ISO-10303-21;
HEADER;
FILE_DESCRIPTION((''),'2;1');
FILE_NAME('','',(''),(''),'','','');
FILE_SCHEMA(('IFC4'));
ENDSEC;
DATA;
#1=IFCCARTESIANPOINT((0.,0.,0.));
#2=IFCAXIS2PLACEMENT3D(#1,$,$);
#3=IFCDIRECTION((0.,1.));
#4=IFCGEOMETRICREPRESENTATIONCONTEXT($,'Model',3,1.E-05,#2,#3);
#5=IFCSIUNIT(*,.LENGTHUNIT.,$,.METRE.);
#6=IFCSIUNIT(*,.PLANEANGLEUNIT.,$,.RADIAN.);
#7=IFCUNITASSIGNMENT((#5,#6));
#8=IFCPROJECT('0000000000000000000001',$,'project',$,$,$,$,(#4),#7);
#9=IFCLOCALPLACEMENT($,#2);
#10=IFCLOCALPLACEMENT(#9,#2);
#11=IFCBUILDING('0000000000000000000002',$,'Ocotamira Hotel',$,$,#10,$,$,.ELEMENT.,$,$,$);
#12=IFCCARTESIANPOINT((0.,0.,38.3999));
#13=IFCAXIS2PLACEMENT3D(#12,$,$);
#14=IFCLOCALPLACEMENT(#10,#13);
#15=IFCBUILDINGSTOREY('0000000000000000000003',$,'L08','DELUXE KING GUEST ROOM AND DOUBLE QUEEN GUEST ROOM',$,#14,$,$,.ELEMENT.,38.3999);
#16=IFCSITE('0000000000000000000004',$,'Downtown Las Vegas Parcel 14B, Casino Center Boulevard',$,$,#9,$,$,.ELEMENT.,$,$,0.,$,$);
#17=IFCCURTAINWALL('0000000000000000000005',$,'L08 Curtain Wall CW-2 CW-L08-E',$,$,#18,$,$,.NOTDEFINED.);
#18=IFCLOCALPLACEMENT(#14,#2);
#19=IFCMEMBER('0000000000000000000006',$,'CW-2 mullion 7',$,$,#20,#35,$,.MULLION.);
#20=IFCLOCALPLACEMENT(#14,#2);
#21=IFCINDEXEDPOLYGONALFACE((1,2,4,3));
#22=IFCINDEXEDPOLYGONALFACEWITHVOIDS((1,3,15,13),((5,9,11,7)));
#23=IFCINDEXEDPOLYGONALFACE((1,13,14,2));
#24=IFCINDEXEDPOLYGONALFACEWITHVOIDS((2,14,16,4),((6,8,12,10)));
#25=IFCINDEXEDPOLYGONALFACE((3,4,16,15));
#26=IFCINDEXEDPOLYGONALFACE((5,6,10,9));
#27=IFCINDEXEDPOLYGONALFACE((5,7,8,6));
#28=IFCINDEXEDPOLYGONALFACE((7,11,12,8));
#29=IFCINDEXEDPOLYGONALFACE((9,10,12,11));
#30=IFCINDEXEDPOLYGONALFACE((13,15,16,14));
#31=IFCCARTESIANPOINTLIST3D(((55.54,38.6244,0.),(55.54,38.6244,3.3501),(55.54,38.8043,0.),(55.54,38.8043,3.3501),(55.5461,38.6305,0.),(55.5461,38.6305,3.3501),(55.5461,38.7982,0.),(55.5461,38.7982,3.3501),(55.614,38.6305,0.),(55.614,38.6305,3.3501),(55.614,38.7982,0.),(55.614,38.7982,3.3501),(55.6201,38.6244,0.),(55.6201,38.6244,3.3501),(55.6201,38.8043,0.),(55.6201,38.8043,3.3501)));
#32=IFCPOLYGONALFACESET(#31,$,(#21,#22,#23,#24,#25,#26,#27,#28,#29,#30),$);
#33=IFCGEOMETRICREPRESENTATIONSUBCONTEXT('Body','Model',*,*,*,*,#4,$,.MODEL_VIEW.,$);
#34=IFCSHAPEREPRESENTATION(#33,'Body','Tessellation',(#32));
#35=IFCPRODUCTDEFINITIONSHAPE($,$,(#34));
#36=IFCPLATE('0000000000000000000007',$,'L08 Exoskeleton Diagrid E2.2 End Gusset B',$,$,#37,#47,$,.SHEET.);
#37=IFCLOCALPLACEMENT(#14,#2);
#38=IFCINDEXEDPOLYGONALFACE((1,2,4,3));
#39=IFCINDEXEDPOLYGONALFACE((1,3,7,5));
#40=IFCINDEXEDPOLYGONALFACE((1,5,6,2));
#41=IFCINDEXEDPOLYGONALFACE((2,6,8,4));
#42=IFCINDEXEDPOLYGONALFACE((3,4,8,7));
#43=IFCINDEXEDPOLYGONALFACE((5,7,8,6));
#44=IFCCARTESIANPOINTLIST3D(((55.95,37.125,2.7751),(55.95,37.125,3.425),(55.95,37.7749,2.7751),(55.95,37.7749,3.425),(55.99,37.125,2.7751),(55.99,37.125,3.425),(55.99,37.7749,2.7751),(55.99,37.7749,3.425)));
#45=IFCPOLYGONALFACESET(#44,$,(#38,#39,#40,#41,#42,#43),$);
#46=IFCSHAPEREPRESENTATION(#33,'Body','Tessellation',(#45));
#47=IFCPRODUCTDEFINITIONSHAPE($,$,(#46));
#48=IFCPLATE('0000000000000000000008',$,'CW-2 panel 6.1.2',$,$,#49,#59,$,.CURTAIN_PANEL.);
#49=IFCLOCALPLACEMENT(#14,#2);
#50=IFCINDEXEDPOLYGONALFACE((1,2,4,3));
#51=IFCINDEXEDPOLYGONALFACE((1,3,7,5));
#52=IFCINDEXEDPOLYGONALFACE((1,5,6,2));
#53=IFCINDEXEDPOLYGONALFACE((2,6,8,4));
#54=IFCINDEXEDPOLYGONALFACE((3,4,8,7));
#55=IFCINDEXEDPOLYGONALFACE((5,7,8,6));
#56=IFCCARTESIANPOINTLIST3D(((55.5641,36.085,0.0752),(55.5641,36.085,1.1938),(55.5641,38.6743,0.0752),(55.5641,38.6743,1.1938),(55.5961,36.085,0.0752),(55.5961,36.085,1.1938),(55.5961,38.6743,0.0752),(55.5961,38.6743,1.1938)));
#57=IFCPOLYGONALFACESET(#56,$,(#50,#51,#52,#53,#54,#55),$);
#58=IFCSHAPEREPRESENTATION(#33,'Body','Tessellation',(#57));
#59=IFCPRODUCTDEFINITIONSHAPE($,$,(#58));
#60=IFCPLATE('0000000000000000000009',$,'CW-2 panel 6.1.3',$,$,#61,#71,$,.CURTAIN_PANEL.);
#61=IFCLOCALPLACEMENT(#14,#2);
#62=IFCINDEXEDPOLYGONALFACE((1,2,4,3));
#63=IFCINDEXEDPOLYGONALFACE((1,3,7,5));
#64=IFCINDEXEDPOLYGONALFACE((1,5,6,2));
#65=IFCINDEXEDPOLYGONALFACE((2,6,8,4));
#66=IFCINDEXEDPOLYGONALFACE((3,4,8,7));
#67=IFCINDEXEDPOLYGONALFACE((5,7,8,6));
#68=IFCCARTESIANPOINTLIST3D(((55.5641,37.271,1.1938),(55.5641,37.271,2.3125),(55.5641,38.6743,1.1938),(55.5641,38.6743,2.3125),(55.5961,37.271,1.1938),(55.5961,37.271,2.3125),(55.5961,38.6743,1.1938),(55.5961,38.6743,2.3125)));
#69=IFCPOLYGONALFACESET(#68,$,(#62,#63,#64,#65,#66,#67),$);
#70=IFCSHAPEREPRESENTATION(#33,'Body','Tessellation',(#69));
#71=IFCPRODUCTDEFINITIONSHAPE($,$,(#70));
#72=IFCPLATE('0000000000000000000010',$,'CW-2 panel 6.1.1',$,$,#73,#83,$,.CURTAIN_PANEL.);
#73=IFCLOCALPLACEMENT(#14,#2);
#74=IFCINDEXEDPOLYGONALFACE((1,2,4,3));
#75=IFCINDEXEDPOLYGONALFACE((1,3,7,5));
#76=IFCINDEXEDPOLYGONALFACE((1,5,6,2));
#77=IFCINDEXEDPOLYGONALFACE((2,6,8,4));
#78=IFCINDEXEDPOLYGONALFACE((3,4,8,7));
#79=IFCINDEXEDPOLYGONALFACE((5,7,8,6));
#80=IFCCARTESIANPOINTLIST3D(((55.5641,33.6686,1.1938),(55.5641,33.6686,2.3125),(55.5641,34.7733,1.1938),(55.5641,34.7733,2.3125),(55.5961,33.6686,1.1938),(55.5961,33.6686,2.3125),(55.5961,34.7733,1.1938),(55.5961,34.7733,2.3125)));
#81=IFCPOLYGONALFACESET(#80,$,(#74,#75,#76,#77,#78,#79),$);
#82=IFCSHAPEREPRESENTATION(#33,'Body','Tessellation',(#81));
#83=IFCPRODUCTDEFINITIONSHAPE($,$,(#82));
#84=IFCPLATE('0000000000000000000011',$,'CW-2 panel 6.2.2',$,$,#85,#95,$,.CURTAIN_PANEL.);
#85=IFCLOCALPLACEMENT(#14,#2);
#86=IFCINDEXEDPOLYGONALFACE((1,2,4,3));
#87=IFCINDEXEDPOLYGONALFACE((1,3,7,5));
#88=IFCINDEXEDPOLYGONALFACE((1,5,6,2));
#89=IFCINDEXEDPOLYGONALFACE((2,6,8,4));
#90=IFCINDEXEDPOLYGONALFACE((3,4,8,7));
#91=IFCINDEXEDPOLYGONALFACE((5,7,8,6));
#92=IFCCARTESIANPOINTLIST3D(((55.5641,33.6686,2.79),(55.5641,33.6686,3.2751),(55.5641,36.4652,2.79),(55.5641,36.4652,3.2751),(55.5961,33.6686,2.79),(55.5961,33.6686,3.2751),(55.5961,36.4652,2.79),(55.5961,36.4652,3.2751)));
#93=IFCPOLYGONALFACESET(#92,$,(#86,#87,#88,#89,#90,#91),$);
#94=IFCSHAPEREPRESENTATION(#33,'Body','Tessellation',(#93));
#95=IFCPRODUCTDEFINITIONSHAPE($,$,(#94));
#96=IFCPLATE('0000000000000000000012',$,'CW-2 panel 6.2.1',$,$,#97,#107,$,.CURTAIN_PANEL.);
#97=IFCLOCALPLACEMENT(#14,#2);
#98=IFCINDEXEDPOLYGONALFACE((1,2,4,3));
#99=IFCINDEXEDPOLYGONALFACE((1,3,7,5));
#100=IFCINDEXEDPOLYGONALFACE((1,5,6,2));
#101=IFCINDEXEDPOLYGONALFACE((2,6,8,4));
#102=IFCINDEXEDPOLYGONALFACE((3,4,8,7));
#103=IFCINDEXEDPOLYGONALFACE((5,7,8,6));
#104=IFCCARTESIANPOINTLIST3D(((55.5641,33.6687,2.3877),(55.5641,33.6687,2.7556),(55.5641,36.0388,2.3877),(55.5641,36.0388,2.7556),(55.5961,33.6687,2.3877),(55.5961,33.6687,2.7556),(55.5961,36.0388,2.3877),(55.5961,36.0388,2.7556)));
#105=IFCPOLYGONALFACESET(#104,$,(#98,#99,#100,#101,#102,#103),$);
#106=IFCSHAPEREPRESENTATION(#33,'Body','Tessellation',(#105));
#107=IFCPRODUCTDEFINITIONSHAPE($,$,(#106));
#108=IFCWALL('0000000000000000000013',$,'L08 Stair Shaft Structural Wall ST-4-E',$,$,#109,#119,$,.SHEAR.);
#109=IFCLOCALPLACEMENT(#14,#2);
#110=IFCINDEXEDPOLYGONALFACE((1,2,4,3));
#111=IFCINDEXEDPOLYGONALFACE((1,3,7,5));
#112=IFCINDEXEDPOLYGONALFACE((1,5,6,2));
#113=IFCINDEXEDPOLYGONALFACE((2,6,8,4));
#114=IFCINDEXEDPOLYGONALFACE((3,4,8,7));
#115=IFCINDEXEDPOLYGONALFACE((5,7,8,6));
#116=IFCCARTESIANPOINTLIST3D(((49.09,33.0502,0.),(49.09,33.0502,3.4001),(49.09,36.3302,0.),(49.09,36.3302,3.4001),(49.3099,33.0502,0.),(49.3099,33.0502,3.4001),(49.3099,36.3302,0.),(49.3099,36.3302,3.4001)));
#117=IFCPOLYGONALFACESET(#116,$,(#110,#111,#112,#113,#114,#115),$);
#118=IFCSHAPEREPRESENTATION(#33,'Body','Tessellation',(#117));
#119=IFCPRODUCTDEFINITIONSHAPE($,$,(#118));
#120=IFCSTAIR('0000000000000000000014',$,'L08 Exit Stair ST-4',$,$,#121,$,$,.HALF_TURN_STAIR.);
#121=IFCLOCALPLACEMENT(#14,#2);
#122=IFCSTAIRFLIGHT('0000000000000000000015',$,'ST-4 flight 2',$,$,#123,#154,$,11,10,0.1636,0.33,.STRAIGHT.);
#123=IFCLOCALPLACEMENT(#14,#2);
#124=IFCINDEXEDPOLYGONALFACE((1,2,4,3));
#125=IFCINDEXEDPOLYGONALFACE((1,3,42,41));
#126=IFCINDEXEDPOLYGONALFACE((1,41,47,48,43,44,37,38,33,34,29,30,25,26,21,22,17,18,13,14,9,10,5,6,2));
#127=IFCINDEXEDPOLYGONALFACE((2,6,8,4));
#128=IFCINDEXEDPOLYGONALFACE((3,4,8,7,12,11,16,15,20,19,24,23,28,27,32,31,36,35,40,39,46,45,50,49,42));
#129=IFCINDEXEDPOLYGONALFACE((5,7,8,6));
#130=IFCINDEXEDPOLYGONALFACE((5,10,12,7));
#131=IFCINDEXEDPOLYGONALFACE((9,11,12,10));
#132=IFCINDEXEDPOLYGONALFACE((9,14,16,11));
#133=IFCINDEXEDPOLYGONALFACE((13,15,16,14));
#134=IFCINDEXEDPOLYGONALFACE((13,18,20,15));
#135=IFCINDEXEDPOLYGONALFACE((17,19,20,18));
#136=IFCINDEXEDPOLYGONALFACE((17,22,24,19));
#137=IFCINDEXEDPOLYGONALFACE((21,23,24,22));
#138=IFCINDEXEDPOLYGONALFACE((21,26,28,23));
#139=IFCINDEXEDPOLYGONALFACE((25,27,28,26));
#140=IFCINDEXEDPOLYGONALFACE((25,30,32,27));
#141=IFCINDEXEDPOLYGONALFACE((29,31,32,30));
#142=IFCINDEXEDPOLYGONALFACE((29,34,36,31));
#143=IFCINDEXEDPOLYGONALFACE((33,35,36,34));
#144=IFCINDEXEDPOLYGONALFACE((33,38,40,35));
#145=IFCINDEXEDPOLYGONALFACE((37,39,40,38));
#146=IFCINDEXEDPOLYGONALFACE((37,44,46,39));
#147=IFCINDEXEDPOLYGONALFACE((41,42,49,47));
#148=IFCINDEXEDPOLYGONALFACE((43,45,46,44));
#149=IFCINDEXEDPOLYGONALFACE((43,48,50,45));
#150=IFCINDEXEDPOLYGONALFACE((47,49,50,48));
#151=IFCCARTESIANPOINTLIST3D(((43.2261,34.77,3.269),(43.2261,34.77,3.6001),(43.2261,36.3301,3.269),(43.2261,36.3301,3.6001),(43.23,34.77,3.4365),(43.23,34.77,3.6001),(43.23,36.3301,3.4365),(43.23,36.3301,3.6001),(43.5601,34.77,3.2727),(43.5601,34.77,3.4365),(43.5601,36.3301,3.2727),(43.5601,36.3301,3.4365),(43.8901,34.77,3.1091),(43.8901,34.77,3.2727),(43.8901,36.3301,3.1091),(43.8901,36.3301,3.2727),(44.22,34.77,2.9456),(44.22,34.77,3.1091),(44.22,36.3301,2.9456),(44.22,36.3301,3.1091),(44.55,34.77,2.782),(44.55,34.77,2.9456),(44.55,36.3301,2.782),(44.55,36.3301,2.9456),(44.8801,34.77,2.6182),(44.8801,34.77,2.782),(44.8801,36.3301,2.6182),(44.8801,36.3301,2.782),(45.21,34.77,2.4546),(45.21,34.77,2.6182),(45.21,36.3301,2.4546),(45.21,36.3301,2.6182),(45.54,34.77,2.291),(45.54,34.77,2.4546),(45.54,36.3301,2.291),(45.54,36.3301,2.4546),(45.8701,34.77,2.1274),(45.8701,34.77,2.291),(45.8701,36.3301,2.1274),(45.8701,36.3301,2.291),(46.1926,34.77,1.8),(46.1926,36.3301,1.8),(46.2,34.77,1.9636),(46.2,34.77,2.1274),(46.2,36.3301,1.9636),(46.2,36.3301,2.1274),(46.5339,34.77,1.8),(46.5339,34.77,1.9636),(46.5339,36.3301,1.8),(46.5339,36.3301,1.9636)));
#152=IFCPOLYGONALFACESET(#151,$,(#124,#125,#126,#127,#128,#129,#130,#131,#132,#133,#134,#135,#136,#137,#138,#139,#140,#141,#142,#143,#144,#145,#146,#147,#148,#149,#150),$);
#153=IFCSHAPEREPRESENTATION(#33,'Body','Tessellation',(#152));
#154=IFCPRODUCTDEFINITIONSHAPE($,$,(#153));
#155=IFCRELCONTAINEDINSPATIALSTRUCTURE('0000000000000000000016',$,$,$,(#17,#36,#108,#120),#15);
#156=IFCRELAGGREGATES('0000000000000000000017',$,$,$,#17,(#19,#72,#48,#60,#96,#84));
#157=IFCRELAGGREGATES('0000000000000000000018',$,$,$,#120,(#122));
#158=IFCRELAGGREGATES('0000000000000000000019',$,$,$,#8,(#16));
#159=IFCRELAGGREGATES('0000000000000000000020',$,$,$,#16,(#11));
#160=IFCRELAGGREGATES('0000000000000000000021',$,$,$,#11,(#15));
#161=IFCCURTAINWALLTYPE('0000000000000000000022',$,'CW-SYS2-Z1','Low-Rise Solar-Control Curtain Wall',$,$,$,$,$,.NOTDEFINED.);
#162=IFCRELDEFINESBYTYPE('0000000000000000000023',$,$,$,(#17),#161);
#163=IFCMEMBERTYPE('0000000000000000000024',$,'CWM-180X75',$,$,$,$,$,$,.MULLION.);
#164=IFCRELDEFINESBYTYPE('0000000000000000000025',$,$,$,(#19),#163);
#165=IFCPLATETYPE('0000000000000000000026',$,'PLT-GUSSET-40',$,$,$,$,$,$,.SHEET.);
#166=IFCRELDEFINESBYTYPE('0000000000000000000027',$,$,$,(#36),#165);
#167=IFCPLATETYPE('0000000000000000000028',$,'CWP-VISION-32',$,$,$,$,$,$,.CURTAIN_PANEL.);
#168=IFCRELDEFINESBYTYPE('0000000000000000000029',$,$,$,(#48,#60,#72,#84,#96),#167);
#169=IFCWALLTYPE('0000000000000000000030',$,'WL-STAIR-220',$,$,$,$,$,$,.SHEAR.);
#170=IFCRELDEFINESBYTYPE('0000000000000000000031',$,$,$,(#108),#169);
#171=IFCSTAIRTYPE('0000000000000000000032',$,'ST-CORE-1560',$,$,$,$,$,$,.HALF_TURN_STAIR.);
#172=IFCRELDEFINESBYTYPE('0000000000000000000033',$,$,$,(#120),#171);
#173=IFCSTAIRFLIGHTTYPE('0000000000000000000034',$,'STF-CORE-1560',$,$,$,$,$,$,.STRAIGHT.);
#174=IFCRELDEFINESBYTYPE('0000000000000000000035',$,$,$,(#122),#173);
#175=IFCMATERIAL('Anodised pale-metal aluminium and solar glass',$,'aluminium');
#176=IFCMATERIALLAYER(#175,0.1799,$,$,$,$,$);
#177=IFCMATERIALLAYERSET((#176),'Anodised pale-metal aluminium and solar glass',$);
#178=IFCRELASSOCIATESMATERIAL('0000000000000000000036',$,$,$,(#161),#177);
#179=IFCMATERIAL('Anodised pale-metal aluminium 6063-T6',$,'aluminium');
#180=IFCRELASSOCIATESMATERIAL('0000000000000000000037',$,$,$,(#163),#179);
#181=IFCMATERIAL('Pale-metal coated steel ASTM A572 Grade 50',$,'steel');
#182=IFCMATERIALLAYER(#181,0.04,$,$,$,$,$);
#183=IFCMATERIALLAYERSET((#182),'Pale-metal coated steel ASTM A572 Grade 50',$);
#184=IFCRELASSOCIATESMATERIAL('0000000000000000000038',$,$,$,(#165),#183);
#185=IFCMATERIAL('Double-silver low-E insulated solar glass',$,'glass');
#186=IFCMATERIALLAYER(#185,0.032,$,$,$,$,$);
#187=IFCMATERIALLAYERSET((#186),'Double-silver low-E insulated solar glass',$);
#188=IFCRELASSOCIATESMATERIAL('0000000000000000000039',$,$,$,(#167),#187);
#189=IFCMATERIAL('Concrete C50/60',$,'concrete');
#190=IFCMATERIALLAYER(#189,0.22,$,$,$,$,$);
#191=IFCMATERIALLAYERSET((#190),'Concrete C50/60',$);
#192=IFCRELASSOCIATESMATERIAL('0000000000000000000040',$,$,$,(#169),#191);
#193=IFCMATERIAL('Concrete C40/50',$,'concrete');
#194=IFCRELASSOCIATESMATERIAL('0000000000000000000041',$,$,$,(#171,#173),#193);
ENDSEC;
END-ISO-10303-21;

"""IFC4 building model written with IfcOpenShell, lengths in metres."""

from ifc_helpers import new_model, si_unit, direction, frame, frame_2d, origin, origin_2d, place, context, subcontext, project, spatial, polyline, rectangle, hollow_rectangle, outline, extrude, source, transform, mapped, material, layer, layer_set, material_profile, profile_set, type_object, element, aggregate, save


model = new_model("IFC4")

# Units and contexts
model_context = context("Model", 3, precision=1e-05, world=origin(), true_north=direction((0.0, 1.0)))
body_context = subcontext(model_context, "Body", "Model", "MODEL_VIEW")
ifc_project = project(units=[si_unit("LENGTHUNIT", "METRE"), si_unit("PLANEANGLEUNIT", "RADIAN")], contexts=[model_context])

# Site, building, storey
site_placement = place(None, origin())
site = spatial("IfcSite", under=ifc_project, at=site_placement, Name="Downtown Las Vegas Parcel 14B, Casino Center Boulevard", CompositionType="ELEMENT", RefElevation=0.0)
building_placement = place(site_placement, origin())
building = spatial("IfcBuilding", under=site, at=building_placement, Name="Ocotamira Hotel", CompositionType="ELEMENT")
storey_placement = place(building_placement, frame((0.0, 0.0, 38.3999)))
storey = spatial("IfcBuildingStorey", under=building, at=storey_placement, Name="L08", Description="DELUXE KING GUEST ROOM AND DOUBLE QUEEN GUEST ROOM", CompositionType="ELEMENT", Elevation=38.3999)

# Curtain wall, member
ifc_material_1 = material(Name="Anodised pale-metal aluminium and solar glass", Category="aluminium")
ifc_layer_1 = layer(ifc_material_1, 0.1799)
ifc_layer_set_1 = layer_set([ifc_layer_1], Name="Anodised pale-metal aluminium and solar glass")
curtain_wall_type = type_object("IfcCurtainWallType", Name="CW-SYS2-Z1", Description="Low-Rise Solar-Control Curtain Wall", PredefinedType="NOTDEFINED", material=ifc_layer_set_1)
curtain_wall_placement = place(storey_placement, origin())
curtain_wall = element("IfcCurtainWall", 1, at=curtain_wall_placement, inside=storey, type_object=curtain_wall_type, Name="L08 Curtain Wall CW-2 CW-L08-E", PredefinedType="NOTDEFINED")
ifc_material_2 = material(Name="Anodised pale-metal aluminium 6063-T6", Category="aluminium")
ifc_material_profile_1 = material_profile(ifc_material_2, hollow_rectangle(XDim=0.0801, YDim=0.1799, WallThickness=0.0061, at=origin_2d()), Name="HSS180X80X6")
ifc_profile_set_1 = profile_set([ifc_material_profile_1], Name="Anodised pale-metal aluminium 6063-T6")
member_type_1 = type_object("IfcMemberType", Name="CWM-180X75", PredefinedType="MULLION", material=ifc_profile_set_1)
shared_shape_1 = source(origin(), body_context, "Body", "SweptSolid", [
    extrude(hollow_rectangle(XDim=0.0801, YDim=0.1799, WallThickness=0.0061, at=origin_2d()), origin(), (0.0, 0.0, 1.0), 3.3501),
])
member_1_placement = place(storey_placement, frame((55.5801, 38.7144, 0.0), z_axis=(0.0, 0.0, 1.0), x_axis=(-1.0, 0.0, 0.0)))
member_1 = element("IfcMember", 2, at=member_1_placement, type_object=member_type_1, Name="CW-2 mullion 7", PredefinedType="MULLION", context=body_context, shape_type="MappedRepresentation", body=[
    mapped(shared_shape_1, transform((0.0, 0.0, 0.0), scale=1.0)),
])

# Plates
ifc_material_3 = material(Name="Pale-metal coated steel ASTM A572 Grade 50", Category="steel")
ifc_layer_2 = layer(ifc_material_3, 0.04)
ifc_layer_set_2 = layer_set([ifc_layer_2], Name="Pale-metal coated steel ASTM A572 Grade 50")
plate_type_1 = type_object("IfcPlateType", Name="PLT-GUSSET-40", PredefinedType="SHEET", material=ifc_layer_set_2)
shared_shape_2 = source(origin(), body_context, "Body", "SweptSolid", [
    extrude(rectangle(XDim=0.04, YDim=0.6499, at=origin_2d()), origin(), (0.0, 0.0, 1.0), 0.6499),
])
plate_1_placement = place(storey_placement, frame((55.97, 37.45, 2.7751), z_axis=(0.0, 0.0, 1.0), x_axis=(1.0, 0.0, 0.0)))
element("IfcPlate", 3, at=plate_1_placement, inside=storey, type_object=plate_type_1, Name="L08 Exoskeleton Diagrid E2.2 End Gusset B", PredefinedType="SHEET", context=body_context, shape_type="MappedRepresentation", body=[
    mapped(shared_shape_2, transform((0.0, 0.0, 0.0), scale=1.0)),
])
ifc_material_4 = material(Name="Double-silver low-E insulated solar glass", Category="glass")
ifc_layer_3 = layer(ifc_material_4, 0.032)
ifc_layer_set_3 = layer_set([ifc_layer_3], Name="Double-silver low-E insulated solar glass")
plate_type_2 = type_object("IfcPlateType", Name="CWP-VISION-32", PredefinedType="CURTAIN_PANEL", material=ifc_layer_set_3)
shared_shape_3 = source(origin(), body_context, "Body", "SweptSolid", [
    extrude(rectangle(XDim=2.5894, YDim=0.032, at=origin_2d()), origin(), (0.0, 0.0, 1.0), 1.1187),
])
plate_2_placement = place(storey_placement, frame((55.5801, 37.3796, 0.0752), z_axis=(0.0, 0.0, 1.0), x_axis=(0.0, 1.0, 0.0)))
plate_2 = element("IfcPlate", 4, at=plate_2_placement, type_object=plate_type_2, Name="CW-2 panel 6.1.2", PredefinedType="CURTAIN_PANEL", context=body_context, shape_type="MappedRepresentation", body=[
    mapped(shared_shape_3, transform((0.0, 0.0, 0.0), scale=1.0)),
])
shared_shape_4 = source(origin(), body_context, "Body", "SweptSolid", [
    extrude(rectangle(XDim=1.4033, YDim=0.032, at=origin_2d()), origin(), (0.0, 0.0, 1.0), 1.1187),
])
plate_3_placement = place(storey_placement, frame((55.5801, 37.9727, 1.1938), z_axis=(0.0, 0.0, 1.0), x_axis=(0.0, 1.0, 0.0)))
plate_3 = element("IfcPlate", 5, at=plate_3_placement, type_object=plate_type_2, Name="CW-2 panel 6.1.3", PredefinedType="CURTAIN_PANEL", context=body_context, shape_type="MappedRepresentation", body=[
    mapped(shared_shape_4, transform((0.0, 0.0, 0.0), scale=1.0)),
])
shared_shape_5 = source(origin(), body_context, "Body", "SweptSolid", [
    extrude(rectangle(XDim=1.1047, YDim=0.032, at=origin_2d()), origin(), (0.0, 0.0, 1.0), 1.1187),
])
plate_4_placement = place(storey_placement, frame((55.5801, 34.2209, 1.1938), z_axis=(0.0, 0.0, 1.0), x_axis=(0.0, 1.0, 0.0)))
plate_4 = element("IfcPlate", 6, at=plate_4_placement, type_object=plate_type_2, Name="CW-2 panel 6.1.1", PredefinedType="CURTAIN_PANEL", context=body_context, shape_type="MappedRepresentation", body=[
    mapped(shared_shape_5, transform((0.0, 0.0, 0.0), scale=1.0)),
])
shared_shape_6 = source(origin(), body_context, "Body", "SweptSolid", [
    extrude(rectangle(XDim=2.7966, YDim=0.032, at=origin_2d()), origin(), (0.0, 0.0, 1.0), 0.4851),
])
plate_5_placement = place(storey_placement, frame((55.5801, 35.0669, 2.79), z_axis=(0.0, 0.0, 1.0), x_axis=(0.0, 1.0, 0.0)))
plate_5 = element("IfcPlate", 7, at=plate_5_placement, type_object=plate_type_2, Name="CW-2 panel 6.2.2", PredefinedType="CURTAIN_PANEL", context=body_context, shape_type="MappedRepresentation", body=[
    mapped(shared_shape_6, transform((0.0, 0.0, 0.0), scale=1.0)),
])
shared_shape_7 = source(origin(), body_context, "Body", "SweptSolid", [
    extrude(rectangle(XDim=2.3701, YDim=0.032, at=origin_2d()), origin(), (0.0, 0.0, 1.0), 0.3679),
])
plate_6_placement = place(storey_placement, frame((55.5801, 34.8538, 2.3877), z_axis=(0.0, 0.0, 1.0), x_axis=(0.0, 1.0, 0.0)))
plate_6 = element("IfcPlate", 8, at=plate_6_placement, type_object=plate_type_2, Name="CW-2 panel 6.2.1", PredefinedType="CURTAIN_PANEL", context=body_context, shape_type="MappedRepresentation", body=[
    mapped(shared_shape_7, transform((0.0, 0.0, 0.0), scale=1.0)),
])
aggregate(curtain_wall, [member_1, plate_4, plate_2, plate_3, plate_6, plate_5])

# Wall
ifc_material_5 = material(Name="Concrete C50/60", Category="concrete")
ifc_layer_4 = layer(ifc_material_5, 0.22)
ifc_layer_set_4 = layer_set([ifc_layer_4], Name="Concrete C50/60")
wall_type = type_object("IfcWallType", Name="WL-STAIR-220", PredefinedType="SHEAR", material=ifc_layer_set_4)
wall_placement = place(storey_placement, frame((49.2, 33.05, 0.0), z_axis=(0.0, 0.0, 1.0), x_axis=(0.0, 1.0, 0.0)))
element("IfcWall", 9, at=wall_placement, inside=storey, type_object=wall_type, Name="L08 Stair Shaft Structural Wall ST-4-E", PredefinedType="SHEAR", context=body_context, shape_type="SweptSolid", body=[
    extrude(rectangle(XDim=3.28, YDim=0.22, at=frame_2d((1.6401, 0.0))), origin(), (0.0, 0.0, 1.0), 3.4001),
])

# Stair, stair flight
ifc_material_6 = material(Name="Concrete C40/50", Category="concrete")
stair_type = type_object("IfcStairType", Name="ST-CORE-1560", PredefinedType="HALF_TURN_STAIR", material=ifc_material_6)
stair_placement = place(storey_placement, origin())
stair = element("IfcStair", 10, at=stair_placement, inside=storey, type_object=stair_type, Name="L08 Exit Stair ST-4", PredefinedType="HALF_TURN_STAIR")
stair_flight_type = type_object("IfcStairFlightType", Name="STF-CORE-1560", PredefinedType="STRAIGHT", material=ifc_material_6)
shared_shape_8 = source(origin(), body_context, "Body", "SweptSolid", [
    extrude(outline(polyline([(-0.0039, 0.0), (-0.0039, 0.1636), (0.3301, 0.1636), (0.3301, 0.3274), (0.6599, 0.3274), (0.6599, 0.491), (0.99, 0.491), (0.99, 0.6545), (1.3201, 0.6545), (1.3201, 0.8181), (1.6499, 0.8181), (1.6499, 0.9819), (1.98, 0.9819), (1.98, 1.1455), (2.3101, 1.1455), (2.3101, 1.3091), (2.6399, 1.3091), (2.6399, 1.4727), (2.97, 1.4727), (2.97, 1.6365), (3.3, 1.6365), (3.3, 1.8), (3.304, 1.8), (3.304, 1.469), (0.3374, 0.0), (-0.0039, 0.0)])), frame((0.0, 0.78, 0.0), z_axis=(0.0, -1.0, 0.0), x_axis=(1.0, 0.0, 0.0)), (0.0, 0.0, 1.0), 1.5601),
])
stair_flight_placement = place(storey_placement, frame((46.53, 35.55, 1.8), z_axis=(0.0, 0.0, 1.0), x_axis=(-1.0, 0.0, 0.0)))
stair_flight = element("IfcStairFlight", 11, at=stair_flight_placement, type_object=stair_flight_type, Name="ST-4 flight 2", NumberOfRisers=11, NumberOfTreads=10, PredefinedType="STRAIGHT", RiserHeight=0.1636, TreadLength=0.33, context=body_context, shape_type="MappedRepresentation", body=[
    mapped(shared_shape_8, transform((0.0, 0.0, 0.0), scale=1.0)),
])
aggregate(stair, [stair_flight])

save(model, "model.ifc")
